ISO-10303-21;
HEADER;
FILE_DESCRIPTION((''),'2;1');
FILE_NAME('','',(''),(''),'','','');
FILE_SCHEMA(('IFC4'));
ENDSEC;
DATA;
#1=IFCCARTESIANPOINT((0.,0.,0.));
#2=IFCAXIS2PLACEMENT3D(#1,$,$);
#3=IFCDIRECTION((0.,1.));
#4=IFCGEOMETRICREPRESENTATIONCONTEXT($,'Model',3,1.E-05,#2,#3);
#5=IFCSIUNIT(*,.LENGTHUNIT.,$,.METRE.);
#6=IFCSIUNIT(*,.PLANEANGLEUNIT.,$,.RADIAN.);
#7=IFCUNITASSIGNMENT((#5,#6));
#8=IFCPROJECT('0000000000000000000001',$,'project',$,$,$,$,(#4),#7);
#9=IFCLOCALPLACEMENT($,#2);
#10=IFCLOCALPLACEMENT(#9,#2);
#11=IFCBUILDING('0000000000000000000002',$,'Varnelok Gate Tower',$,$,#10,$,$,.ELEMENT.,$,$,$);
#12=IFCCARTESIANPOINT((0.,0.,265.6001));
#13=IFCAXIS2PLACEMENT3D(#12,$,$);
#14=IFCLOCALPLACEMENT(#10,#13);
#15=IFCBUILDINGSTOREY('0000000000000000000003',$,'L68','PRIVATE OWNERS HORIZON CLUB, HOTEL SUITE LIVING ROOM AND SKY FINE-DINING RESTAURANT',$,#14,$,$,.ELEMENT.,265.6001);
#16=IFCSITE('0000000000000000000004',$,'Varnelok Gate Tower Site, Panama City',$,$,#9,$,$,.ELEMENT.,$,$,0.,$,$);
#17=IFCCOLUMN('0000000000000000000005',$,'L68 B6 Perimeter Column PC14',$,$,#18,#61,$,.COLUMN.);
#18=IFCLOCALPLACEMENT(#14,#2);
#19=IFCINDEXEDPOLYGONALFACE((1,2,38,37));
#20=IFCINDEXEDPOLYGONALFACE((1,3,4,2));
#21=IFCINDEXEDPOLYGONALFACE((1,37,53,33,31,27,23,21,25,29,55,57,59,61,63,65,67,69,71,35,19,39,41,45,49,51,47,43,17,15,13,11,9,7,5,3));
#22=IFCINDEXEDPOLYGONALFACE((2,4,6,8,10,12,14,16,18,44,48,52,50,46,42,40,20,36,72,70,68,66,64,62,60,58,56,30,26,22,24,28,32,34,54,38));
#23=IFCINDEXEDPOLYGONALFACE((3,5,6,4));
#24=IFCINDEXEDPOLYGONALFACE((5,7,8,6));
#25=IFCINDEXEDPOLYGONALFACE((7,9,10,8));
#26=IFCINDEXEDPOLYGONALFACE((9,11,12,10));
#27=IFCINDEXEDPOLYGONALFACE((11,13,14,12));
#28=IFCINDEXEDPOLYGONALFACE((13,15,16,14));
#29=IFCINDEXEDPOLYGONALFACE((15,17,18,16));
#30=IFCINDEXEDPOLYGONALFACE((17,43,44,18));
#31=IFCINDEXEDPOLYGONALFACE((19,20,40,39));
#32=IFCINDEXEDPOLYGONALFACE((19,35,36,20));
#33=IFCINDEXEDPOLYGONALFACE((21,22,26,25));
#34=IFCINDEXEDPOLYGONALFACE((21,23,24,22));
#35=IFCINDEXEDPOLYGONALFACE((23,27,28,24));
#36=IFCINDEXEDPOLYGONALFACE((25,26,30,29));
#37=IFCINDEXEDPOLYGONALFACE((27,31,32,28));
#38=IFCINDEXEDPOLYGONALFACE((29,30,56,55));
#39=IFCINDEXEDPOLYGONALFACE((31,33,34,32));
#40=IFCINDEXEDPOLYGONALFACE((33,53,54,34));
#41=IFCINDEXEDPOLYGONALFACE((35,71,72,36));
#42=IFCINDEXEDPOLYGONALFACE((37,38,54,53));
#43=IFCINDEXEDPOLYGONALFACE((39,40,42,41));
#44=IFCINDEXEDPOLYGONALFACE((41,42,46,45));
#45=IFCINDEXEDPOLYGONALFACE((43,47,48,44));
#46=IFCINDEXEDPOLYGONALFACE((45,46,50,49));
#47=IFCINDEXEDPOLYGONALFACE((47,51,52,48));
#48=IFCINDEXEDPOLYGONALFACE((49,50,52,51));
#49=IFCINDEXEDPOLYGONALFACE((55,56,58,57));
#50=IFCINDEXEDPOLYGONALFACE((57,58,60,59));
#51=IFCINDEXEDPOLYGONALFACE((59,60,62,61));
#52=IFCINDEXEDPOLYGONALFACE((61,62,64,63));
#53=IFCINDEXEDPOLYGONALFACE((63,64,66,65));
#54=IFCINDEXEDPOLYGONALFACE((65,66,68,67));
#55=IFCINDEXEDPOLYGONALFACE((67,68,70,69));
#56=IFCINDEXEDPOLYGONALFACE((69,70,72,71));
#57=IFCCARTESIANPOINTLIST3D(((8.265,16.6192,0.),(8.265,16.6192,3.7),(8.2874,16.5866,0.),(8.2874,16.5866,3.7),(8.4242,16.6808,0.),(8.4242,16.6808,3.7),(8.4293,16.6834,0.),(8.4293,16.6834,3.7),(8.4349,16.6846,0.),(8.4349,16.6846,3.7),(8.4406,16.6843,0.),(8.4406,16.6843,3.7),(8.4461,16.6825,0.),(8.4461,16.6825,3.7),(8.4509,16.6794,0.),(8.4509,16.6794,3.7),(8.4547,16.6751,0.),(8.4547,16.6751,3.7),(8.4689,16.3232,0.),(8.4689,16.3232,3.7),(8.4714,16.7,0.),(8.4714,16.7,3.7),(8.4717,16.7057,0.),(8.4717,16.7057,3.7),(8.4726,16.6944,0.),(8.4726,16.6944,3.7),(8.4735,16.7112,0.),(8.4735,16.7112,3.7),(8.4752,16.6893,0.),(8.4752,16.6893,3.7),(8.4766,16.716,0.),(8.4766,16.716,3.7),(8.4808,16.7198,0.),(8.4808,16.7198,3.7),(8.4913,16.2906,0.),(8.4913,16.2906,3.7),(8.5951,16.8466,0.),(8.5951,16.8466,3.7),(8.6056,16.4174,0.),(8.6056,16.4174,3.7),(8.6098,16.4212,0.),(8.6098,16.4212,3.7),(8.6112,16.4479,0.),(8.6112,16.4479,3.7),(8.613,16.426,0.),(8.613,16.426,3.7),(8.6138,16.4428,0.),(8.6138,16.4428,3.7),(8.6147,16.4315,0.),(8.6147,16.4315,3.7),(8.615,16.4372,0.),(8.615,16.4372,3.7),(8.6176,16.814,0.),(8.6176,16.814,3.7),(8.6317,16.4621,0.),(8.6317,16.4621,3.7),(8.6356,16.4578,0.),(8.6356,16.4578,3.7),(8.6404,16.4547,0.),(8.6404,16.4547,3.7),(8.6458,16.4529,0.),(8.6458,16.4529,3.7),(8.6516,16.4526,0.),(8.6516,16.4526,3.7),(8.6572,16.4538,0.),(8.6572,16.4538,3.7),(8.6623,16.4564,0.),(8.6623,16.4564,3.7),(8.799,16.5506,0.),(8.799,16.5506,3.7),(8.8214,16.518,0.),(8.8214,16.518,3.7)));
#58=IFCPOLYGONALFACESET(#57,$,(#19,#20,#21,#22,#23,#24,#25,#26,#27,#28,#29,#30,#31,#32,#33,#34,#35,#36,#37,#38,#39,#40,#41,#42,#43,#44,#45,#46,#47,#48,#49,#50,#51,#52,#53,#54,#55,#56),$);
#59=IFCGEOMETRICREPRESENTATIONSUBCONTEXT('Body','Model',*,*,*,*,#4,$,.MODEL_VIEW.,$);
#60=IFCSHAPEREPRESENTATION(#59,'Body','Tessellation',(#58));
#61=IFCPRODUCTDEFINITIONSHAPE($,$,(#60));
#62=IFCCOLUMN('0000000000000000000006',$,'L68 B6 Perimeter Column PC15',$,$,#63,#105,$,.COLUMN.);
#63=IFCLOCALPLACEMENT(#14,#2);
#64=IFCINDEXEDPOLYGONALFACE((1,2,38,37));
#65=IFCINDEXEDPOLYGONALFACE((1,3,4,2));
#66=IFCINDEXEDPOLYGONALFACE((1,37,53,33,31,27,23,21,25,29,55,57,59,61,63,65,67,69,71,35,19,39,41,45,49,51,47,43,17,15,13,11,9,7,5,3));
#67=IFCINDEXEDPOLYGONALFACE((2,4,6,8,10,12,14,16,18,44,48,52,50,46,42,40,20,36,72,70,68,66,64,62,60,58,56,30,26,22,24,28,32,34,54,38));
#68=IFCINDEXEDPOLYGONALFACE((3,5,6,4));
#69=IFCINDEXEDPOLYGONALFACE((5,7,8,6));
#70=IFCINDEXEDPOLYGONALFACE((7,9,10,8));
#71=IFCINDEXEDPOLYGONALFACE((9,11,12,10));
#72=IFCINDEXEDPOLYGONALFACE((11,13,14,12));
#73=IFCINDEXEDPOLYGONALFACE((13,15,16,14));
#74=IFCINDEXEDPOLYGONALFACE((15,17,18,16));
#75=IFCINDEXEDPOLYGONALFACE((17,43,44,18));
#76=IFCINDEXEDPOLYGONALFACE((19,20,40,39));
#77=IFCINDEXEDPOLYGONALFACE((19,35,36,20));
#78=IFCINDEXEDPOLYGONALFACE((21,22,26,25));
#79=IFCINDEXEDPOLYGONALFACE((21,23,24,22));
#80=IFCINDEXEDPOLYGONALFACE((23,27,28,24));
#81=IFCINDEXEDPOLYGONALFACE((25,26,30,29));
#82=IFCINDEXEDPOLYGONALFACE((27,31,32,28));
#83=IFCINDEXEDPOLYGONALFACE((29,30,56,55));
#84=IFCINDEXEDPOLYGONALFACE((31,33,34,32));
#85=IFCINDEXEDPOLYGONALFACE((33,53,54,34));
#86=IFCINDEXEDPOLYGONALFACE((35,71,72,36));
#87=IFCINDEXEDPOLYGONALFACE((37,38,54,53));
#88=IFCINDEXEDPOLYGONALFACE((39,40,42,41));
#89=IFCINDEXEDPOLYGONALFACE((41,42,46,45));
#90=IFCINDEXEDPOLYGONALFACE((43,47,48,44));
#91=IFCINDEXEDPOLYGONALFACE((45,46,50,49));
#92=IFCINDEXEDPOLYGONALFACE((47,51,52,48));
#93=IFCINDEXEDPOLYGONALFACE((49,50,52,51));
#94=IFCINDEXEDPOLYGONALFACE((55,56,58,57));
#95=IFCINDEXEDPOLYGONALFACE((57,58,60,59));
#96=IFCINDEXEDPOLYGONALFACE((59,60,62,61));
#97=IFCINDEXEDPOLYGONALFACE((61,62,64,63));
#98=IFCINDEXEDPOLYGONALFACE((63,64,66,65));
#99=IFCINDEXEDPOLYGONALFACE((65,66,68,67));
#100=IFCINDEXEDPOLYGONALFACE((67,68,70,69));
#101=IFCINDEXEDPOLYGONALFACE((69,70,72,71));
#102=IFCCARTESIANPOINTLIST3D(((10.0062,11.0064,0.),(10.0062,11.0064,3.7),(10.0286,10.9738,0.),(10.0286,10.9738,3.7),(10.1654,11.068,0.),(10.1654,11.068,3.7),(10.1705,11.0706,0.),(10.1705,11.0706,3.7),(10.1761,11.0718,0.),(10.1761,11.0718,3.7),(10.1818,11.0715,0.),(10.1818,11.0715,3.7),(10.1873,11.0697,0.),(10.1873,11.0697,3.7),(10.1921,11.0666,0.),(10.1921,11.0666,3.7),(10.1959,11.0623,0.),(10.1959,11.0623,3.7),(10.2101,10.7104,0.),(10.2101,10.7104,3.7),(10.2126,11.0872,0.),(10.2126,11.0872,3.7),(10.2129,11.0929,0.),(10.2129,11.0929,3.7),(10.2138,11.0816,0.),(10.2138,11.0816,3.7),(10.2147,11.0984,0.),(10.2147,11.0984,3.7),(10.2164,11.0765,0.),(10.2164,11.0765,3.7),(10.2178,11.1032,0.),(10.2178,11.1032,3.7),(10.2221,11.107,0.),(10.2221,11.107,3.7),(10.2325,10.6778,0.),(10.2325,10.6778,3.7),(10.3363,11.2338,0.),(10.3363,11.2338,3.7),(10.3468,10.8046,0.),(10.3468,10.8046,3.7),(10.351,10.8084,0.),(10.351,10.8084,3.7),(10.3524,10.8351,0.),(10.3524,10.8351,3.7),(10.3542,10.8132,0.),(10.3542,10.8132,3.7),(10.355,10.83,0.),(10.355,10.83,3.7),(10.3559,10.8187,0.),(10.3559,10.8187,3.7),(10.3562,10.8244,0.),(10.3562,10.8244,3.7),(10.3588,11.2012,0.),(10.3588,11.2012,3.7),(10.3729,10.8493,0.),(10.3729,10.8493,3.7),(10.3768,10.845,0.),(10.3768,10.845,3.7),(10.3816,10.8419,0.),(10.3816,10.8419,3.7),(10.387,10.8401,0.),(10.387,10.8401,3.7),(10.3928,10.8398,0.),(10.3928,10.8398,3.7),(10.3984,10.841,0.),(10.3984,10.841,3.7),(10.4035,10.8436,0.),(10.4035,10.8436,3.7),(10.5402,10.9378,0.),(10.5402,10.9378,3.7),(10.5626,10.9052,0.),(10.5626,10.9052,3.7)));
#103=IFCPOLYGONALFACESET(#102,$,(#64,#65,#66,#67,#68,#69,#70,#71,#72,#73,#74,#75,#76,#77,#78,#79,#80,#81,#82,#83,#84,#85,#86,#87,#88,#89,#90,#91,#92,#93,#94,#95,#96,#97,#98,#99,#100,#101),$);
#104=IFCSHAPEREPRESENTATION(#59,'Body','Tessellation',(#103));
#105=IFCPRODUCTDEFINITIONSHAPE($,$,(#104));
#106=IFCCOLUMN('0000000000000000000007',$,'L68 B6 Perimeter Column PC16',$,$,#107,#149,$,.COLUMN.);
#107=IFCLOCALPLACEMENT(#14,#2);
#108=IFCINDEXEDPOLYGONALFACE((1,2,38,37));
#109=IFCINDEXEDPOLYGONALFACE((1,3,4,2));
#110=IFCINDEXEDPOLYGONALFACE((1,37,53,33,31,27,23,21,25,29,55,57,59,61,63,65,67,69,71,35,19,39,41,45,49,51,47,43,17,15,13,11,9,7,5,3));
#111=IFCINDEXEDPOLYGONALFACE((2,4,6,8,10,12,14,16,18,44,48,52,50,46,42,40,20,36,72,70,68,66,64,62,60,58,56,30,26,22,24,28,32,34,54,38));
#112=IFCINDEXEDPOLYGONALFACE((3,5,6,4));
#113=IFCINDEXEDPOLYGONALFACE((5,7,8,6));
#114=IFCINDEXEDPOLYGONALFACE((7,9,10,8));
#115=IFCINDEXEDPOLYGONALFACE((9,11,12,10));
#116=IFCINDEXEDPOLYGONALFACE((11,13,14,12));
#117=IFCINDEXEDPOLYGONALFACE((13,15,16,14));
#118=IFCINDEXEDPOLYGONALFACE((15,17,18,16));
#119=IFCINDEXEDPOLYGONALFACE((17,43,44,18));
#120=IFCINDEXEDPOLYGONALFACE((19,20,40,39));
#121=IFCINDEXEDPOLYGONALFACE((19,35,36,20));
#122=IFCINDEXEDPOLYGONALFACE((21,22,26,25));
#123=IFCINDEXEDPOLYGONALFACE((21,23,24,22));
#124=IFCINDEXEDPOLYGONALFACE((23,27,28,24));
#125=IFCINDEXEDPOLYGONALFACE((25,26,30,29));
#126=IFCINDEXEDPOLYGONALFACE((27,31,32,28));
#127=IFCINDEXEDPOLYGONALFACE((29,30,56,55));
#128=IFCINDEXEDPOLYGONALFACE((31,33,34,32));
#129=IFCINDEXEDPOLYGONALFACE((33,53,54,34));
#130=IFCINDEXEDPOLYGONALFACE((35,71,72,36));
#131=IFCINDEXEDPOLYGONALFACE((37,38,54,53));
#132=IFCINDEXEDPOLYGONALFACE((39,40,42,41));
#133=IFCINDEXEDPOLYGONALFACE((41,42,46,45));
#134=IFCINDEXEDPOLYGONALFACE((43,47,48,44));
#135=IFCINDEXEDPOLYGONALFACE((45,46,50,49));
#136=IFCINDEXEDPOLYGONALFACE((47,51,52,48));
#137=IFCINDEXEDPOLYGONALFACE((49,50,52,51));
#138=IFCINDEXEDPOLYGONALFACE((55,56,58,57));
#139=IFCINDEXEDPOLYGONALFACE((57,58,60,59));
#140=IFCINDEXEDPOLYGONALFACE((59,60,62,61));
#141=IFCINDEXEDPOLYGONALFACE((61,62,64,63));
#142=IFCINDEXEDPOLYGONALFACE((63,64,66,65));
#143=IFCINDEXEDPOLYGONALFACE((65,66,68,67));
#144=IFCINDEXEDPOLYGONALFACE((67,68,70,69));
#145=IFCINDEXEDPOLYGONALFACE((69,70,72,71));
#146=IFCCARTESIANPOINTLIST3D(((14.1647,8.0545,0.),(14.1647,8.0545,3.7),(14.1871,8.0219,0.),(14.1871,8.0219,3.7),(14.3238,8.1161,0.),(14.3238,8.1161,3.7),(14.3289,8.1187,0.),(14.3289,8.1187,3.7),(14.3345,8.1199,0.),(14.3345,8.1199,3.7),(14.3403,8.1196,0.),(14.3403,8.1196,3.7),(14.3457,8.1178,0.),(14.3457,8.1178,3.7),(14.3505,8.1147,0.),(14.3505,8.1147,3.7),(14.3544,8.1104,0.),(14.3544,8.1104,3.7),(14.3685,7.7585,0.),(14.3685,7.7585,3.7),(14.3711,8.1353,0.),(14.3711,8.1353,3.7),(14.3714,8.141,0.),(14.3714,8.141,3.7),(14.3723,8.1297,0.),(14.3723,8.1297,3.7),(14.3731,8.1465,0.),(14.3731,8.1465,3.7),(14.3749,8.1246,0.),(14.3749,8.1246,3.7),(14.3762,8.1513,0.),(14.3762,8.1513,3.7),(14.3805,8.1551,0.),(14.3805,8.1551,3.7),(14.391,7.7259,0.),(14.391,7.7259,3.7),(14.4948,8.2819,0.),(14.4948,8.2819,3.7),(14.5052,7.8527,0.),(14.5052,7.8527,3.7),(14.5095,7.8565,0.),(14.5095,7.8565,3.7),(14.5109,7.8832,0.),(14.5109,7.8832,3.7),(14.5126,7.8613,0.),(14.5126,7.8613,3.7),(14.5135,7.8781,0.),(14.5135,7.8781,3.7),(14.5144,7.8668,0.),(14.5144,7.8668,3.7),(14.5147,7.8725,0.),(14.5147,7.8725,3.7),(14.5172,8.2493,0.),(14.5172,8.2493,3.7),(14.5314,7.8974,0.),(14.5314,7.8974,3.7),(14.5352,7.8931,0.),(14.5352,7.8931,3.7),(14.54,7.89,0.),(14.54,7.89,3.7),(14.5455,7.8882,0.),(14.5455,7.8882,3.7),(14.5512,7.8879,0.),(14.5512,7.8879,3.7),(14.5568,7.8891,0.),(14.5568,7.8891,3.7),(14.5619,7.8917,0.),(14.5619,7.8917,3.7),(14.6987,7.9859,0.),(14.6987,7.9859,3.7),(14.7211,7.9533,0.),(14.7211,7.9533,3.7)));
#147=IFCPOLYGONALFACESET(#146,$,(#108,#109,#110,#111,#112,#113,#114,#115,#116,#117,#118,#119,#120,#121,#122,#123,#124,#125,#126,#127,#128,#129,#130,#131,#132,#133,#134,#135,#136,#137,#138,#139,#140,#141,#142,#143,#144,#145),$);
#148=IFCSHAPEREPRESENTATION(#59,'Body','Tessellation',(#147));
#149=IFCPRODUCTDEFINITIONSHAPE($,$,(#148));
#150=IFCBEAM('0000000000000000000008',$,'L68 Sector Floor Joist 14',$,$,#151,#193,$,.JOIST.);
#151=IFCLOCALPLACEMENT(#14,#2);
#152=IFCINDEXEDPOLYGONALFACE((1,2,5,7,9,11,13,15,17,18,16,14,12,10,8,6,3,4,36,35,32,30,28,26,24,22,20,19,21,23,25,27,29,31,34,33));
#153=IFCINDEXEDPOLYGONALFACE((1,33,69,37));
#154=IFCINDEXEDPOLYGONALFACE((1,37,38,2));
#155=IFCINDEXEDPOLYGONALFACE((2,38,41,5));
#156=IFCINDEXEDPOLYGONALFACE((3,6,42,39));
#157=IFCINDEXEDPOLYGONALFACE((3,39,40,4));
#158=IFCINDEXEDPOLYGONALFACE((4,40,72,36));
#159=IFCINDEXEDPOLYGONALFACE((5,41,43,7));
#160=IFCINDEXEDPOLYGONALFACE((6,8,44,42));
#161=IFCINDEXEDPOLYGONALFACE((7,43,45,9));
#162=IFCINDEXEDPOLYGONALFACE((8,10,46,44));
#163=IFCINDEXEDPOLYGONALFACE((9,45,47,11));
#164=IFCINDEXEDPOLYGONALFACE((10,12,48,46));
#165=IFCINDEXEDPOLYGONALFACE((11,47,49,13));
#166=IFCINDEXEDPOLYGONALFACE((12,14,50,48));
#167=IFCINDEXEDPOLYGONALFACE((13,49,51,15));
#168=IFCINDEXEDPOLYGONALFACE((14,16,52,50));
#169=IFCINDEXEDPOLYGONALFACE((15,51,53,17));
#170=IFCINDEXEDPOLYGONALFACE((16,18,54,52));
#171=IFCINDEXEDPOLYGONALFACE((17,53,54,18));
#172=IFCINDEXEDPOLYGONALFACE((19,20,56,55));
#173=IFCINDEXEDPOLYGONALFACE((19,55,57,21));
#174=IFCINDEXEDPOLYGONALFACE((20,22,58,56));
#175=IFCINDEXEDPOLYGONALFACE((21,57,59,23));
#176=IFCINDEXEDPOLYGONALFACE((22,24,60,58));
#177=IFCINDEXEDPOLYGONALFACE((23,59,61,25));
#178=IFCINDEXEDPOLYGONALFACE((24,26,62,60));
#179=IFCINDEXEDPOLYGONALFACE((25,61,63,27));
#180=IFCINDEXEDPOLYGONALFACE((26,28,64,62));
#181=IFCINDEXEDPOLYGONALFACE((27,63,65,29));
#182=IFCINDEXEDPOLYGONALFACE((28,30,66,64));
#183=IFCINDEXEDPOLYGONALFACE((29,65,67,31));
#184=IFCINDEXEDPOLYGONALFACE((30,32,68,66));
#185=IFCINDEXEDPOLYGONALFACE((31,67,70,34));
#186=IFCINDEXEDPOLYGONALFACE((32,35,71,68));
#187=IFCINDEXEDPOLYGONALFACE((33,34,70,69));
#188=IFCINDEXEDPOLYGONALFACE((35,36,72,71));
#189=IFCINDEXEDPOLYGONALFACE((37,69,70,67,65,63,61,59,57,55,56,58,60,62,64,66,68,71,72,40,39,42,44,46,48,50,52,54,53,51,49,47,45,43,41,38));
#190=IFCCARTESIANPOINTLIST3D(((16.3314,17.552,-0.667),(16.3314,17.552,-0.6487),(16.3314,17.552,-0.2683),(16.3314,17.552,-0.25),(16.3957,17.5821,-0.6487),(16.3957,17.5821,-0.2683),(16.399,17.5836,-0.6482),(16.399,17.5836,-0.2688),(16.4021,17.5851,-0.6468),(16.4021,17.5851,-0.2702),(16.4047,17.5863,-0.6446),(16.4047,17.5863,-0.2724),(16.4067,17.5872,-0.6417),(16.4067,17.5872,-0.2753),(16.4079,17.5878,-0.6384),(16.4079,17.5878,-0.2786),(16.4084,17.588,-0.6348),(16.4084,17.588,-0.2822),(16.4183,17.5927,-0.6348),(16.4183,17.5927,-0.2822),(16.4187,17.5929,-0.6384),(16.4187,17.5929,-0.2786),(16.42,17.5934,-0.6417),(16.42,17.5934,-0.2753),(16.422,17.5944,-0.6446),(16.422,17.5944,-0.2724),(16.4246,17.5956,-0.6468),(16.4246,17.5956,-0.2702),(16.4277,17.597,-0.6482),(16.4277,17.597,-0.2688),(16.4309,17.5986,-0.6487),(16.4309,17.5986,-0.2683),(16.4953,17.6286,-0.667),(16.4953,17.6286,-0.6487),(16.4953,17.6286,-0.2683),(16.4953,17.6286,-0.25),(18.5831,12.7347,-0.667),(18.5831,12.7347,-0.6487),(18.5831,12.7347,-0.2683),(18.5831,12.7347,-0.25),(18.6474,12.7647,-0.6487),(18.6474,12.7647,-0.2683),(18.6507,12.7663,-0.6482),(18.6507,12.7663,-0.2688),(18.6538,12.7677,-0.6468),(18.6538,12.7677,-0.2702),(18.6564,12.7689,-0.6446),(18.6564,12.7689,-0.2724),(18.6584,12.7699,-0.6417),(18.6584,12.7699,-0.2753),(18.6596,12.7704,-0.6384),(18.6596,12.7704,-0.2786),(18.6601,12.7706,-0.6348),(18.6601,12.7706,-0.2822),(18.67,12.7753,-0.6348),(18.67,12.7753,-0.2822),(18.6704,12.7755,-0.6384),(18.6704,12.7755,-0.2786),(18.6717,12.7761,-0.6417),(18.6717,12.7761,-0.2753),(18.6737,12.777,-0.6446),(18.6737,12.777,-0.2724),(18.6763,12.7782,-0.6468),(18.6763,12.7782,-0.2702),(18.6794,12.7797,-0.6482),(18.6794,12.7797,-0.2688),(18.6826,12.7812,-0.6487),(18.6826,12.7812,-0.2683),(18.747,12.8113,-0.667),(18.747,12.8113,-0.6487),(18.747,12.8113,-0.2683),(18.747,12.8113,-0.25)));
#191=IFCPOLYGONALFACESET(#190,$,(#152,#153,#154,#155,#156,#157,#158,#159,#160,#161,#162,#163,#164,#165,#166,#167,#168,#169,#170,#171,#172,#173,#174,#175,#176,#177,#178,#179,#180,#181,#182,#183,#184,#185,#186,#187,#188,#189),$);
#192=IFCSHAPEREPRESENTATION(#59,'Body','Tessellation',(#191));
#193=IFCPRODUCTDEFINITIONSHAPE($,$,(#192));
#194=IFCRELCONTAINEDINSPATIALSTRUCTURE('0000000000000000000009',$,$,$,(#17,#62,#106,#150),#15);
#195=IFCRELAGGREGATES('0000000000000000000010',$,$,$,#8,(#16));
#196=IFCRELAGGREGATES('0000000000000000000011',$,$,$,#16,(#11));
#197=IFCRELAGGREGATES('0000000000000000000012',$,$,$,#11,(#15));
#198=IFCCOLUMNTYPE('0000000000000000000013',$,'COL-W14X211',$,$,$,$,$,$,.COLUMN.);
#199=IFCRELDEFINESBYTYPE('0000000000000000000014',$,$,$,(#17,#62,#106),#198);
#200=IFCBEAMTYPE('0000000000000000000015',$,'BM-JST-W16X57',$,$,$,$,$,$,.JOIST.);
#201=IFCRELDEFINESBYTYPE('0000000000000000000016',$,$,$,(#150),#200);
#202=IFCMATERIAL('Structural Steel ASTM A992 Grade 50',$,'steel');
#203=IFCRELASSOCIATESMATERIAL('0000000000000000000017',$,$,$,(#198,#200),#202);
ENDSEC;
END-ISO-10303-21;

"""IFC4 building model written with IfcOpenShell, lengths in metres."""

from ifc_helpers import new_model, si_unit, direction, frame, origin, origin_2d, place, context, subcontext, project, spatial, i_section, extrude, material, material_profile, profile_set, type_object, element, save


model = new_model("IFC4")

# Units and contexts
model_context = context("Model", 3, precision=1e-05, world=origin(), true_north=direction((0.0, 1.0)))
body_context = subcontext(model_context, "Body", "Model", "MODEL_VIEW")
ifc_project = project(units=[si_unit("LENGTHUNIT", "METRE"), si_unit("PLANEANGLEUNIT", "RADIAN")], contexts=[model_context])

# Site, building, storey
site_placement = place(None, origin())
site = spatial("IfcSite", under=ifc_project, at=site_placement, Name="Varnelok Gate Tower Site, Panama City", CompositionType="ELEMENT", RefElevation=0.0)
building_placement = place(site_placement, origin())
building = spatial("IfcBuilding", under=site, at=building_placement, Name="Varnelok Gate Tower", CompositionType="ELEMENT")
storey_placement = place(building_placement, frame((0.0, 0.0, 265.6001)))
storey = spatial("IfcBuildingStorey", under=building, at=storey_placement, Name="L68", Description="PRIVATE OWNERS HORIZON CLUB, HOTEL SUITE LIVING ROOM AND SKY FINE-DINING RESTAURANT", CompositionType="ELEMENT", Elevation=265.6001)

# Columns
ifc_material_1 = material(Name="Structural Steel ASTM A992 Grade 50", Category="steel")
ifc_material_profile_1 = material_profile(ifc_material_1, i_section(OverallWidth=0.4009, OverallDepth=0.3989, WebThickness=0.0249, FlangeThickness=0.0396, FilletRadius=0.022, at=origin_2d()), Name="W14X211")
ifc_profile_set_1 = profile_set([ifc_material_profile_1], Name="Structural Steel ASTM A992 Grade 50")
column_type = type_object("IfcColumnType", Name="COL-W14X211", PredefinedType="COLUMN", material=ifc_profile_set_1)
for number, where, z_axis, x_axis, name in (
    (1, (8.5432, 16.5686, 0.0), (0.0, 0.0, 1.0), (0.823533, 0.567269, 0.0), "L68 B6 Perimeter Column PC14"),
    (2, (10.2844, 10.9558, 0.0), (0.0, 0.0, 1.0), (0.823533, 0.567269, 0.0), "L68 B6 Perimeter Column PC15"),
    (3, (14.4429, 8.0039, 0.0), (0.0, 0.0, 1.0), (0.823533, 0.567269, 0.0), "L68 B6 Perimeter Column PC16"),
):
    element("IfcColumn", number, at=place(storey_placement, frame(where, z_axis=z_axis, x_axis=x_axis)), inside=storey, type_object=column_type, Name=name, PredefinedType="COLUMN", context=body_context, shape_type="SweptSolid", body=[
        extrude(i_section(OverallWidth=0.4009, OverallDepth=0.3989, WebThickness=0.0249, FlangeThickness=0.0396, FilletRadius=0.022, at=origin_2d()), origin(), (0.0, 0.0, 1.0), 3.7),
    ])

# Beam
ifc_material_profile_2 = material_profile(ifc_material_1, i_section(OverallWidth=0.1809, OverallDepth=0.417, WebThickness=0.011, FlangeThickness=0.0183, FilletRadius=0.0139, at=origin_2d()), Name="W16X57")
ifc_profile_set_2 = profile_set([ifc_material_profile_2], Name="Structural Steel ASTM A992 Grade 50")
beam_type_1 = type_object("IfcBeamType", Name="BM-JST-W16X57", PredefinedType="JOIST", material=ifc_profile_set_2)
beam_1_placement = place(storey_placement, frame((16.4133, 17.5903, -0.4585), z_axis=(0.423441, -0.905924, 0.0), x_axis=(0.905924, 0.423441, 0.0)))
element("IfcBeam", 4, at=beam_1_placement, inside=storey, type_object=beam_type_1, Name="L68 Sector Floor Joist 14", PredefinedType="JOIST", context=body_context, shape_type="SweptSolid", body=[
    extrude(i_section(OverallWidth=0.1809, OverallDepth=0.417, WebThickness=0.011, FlangeThickness=0.0183, FilletRadius=0.0139, at=origin_2d()), origin(), (0.0, 0.0, 1.0), 5.3176),
])

save(model, "model.ifc")
